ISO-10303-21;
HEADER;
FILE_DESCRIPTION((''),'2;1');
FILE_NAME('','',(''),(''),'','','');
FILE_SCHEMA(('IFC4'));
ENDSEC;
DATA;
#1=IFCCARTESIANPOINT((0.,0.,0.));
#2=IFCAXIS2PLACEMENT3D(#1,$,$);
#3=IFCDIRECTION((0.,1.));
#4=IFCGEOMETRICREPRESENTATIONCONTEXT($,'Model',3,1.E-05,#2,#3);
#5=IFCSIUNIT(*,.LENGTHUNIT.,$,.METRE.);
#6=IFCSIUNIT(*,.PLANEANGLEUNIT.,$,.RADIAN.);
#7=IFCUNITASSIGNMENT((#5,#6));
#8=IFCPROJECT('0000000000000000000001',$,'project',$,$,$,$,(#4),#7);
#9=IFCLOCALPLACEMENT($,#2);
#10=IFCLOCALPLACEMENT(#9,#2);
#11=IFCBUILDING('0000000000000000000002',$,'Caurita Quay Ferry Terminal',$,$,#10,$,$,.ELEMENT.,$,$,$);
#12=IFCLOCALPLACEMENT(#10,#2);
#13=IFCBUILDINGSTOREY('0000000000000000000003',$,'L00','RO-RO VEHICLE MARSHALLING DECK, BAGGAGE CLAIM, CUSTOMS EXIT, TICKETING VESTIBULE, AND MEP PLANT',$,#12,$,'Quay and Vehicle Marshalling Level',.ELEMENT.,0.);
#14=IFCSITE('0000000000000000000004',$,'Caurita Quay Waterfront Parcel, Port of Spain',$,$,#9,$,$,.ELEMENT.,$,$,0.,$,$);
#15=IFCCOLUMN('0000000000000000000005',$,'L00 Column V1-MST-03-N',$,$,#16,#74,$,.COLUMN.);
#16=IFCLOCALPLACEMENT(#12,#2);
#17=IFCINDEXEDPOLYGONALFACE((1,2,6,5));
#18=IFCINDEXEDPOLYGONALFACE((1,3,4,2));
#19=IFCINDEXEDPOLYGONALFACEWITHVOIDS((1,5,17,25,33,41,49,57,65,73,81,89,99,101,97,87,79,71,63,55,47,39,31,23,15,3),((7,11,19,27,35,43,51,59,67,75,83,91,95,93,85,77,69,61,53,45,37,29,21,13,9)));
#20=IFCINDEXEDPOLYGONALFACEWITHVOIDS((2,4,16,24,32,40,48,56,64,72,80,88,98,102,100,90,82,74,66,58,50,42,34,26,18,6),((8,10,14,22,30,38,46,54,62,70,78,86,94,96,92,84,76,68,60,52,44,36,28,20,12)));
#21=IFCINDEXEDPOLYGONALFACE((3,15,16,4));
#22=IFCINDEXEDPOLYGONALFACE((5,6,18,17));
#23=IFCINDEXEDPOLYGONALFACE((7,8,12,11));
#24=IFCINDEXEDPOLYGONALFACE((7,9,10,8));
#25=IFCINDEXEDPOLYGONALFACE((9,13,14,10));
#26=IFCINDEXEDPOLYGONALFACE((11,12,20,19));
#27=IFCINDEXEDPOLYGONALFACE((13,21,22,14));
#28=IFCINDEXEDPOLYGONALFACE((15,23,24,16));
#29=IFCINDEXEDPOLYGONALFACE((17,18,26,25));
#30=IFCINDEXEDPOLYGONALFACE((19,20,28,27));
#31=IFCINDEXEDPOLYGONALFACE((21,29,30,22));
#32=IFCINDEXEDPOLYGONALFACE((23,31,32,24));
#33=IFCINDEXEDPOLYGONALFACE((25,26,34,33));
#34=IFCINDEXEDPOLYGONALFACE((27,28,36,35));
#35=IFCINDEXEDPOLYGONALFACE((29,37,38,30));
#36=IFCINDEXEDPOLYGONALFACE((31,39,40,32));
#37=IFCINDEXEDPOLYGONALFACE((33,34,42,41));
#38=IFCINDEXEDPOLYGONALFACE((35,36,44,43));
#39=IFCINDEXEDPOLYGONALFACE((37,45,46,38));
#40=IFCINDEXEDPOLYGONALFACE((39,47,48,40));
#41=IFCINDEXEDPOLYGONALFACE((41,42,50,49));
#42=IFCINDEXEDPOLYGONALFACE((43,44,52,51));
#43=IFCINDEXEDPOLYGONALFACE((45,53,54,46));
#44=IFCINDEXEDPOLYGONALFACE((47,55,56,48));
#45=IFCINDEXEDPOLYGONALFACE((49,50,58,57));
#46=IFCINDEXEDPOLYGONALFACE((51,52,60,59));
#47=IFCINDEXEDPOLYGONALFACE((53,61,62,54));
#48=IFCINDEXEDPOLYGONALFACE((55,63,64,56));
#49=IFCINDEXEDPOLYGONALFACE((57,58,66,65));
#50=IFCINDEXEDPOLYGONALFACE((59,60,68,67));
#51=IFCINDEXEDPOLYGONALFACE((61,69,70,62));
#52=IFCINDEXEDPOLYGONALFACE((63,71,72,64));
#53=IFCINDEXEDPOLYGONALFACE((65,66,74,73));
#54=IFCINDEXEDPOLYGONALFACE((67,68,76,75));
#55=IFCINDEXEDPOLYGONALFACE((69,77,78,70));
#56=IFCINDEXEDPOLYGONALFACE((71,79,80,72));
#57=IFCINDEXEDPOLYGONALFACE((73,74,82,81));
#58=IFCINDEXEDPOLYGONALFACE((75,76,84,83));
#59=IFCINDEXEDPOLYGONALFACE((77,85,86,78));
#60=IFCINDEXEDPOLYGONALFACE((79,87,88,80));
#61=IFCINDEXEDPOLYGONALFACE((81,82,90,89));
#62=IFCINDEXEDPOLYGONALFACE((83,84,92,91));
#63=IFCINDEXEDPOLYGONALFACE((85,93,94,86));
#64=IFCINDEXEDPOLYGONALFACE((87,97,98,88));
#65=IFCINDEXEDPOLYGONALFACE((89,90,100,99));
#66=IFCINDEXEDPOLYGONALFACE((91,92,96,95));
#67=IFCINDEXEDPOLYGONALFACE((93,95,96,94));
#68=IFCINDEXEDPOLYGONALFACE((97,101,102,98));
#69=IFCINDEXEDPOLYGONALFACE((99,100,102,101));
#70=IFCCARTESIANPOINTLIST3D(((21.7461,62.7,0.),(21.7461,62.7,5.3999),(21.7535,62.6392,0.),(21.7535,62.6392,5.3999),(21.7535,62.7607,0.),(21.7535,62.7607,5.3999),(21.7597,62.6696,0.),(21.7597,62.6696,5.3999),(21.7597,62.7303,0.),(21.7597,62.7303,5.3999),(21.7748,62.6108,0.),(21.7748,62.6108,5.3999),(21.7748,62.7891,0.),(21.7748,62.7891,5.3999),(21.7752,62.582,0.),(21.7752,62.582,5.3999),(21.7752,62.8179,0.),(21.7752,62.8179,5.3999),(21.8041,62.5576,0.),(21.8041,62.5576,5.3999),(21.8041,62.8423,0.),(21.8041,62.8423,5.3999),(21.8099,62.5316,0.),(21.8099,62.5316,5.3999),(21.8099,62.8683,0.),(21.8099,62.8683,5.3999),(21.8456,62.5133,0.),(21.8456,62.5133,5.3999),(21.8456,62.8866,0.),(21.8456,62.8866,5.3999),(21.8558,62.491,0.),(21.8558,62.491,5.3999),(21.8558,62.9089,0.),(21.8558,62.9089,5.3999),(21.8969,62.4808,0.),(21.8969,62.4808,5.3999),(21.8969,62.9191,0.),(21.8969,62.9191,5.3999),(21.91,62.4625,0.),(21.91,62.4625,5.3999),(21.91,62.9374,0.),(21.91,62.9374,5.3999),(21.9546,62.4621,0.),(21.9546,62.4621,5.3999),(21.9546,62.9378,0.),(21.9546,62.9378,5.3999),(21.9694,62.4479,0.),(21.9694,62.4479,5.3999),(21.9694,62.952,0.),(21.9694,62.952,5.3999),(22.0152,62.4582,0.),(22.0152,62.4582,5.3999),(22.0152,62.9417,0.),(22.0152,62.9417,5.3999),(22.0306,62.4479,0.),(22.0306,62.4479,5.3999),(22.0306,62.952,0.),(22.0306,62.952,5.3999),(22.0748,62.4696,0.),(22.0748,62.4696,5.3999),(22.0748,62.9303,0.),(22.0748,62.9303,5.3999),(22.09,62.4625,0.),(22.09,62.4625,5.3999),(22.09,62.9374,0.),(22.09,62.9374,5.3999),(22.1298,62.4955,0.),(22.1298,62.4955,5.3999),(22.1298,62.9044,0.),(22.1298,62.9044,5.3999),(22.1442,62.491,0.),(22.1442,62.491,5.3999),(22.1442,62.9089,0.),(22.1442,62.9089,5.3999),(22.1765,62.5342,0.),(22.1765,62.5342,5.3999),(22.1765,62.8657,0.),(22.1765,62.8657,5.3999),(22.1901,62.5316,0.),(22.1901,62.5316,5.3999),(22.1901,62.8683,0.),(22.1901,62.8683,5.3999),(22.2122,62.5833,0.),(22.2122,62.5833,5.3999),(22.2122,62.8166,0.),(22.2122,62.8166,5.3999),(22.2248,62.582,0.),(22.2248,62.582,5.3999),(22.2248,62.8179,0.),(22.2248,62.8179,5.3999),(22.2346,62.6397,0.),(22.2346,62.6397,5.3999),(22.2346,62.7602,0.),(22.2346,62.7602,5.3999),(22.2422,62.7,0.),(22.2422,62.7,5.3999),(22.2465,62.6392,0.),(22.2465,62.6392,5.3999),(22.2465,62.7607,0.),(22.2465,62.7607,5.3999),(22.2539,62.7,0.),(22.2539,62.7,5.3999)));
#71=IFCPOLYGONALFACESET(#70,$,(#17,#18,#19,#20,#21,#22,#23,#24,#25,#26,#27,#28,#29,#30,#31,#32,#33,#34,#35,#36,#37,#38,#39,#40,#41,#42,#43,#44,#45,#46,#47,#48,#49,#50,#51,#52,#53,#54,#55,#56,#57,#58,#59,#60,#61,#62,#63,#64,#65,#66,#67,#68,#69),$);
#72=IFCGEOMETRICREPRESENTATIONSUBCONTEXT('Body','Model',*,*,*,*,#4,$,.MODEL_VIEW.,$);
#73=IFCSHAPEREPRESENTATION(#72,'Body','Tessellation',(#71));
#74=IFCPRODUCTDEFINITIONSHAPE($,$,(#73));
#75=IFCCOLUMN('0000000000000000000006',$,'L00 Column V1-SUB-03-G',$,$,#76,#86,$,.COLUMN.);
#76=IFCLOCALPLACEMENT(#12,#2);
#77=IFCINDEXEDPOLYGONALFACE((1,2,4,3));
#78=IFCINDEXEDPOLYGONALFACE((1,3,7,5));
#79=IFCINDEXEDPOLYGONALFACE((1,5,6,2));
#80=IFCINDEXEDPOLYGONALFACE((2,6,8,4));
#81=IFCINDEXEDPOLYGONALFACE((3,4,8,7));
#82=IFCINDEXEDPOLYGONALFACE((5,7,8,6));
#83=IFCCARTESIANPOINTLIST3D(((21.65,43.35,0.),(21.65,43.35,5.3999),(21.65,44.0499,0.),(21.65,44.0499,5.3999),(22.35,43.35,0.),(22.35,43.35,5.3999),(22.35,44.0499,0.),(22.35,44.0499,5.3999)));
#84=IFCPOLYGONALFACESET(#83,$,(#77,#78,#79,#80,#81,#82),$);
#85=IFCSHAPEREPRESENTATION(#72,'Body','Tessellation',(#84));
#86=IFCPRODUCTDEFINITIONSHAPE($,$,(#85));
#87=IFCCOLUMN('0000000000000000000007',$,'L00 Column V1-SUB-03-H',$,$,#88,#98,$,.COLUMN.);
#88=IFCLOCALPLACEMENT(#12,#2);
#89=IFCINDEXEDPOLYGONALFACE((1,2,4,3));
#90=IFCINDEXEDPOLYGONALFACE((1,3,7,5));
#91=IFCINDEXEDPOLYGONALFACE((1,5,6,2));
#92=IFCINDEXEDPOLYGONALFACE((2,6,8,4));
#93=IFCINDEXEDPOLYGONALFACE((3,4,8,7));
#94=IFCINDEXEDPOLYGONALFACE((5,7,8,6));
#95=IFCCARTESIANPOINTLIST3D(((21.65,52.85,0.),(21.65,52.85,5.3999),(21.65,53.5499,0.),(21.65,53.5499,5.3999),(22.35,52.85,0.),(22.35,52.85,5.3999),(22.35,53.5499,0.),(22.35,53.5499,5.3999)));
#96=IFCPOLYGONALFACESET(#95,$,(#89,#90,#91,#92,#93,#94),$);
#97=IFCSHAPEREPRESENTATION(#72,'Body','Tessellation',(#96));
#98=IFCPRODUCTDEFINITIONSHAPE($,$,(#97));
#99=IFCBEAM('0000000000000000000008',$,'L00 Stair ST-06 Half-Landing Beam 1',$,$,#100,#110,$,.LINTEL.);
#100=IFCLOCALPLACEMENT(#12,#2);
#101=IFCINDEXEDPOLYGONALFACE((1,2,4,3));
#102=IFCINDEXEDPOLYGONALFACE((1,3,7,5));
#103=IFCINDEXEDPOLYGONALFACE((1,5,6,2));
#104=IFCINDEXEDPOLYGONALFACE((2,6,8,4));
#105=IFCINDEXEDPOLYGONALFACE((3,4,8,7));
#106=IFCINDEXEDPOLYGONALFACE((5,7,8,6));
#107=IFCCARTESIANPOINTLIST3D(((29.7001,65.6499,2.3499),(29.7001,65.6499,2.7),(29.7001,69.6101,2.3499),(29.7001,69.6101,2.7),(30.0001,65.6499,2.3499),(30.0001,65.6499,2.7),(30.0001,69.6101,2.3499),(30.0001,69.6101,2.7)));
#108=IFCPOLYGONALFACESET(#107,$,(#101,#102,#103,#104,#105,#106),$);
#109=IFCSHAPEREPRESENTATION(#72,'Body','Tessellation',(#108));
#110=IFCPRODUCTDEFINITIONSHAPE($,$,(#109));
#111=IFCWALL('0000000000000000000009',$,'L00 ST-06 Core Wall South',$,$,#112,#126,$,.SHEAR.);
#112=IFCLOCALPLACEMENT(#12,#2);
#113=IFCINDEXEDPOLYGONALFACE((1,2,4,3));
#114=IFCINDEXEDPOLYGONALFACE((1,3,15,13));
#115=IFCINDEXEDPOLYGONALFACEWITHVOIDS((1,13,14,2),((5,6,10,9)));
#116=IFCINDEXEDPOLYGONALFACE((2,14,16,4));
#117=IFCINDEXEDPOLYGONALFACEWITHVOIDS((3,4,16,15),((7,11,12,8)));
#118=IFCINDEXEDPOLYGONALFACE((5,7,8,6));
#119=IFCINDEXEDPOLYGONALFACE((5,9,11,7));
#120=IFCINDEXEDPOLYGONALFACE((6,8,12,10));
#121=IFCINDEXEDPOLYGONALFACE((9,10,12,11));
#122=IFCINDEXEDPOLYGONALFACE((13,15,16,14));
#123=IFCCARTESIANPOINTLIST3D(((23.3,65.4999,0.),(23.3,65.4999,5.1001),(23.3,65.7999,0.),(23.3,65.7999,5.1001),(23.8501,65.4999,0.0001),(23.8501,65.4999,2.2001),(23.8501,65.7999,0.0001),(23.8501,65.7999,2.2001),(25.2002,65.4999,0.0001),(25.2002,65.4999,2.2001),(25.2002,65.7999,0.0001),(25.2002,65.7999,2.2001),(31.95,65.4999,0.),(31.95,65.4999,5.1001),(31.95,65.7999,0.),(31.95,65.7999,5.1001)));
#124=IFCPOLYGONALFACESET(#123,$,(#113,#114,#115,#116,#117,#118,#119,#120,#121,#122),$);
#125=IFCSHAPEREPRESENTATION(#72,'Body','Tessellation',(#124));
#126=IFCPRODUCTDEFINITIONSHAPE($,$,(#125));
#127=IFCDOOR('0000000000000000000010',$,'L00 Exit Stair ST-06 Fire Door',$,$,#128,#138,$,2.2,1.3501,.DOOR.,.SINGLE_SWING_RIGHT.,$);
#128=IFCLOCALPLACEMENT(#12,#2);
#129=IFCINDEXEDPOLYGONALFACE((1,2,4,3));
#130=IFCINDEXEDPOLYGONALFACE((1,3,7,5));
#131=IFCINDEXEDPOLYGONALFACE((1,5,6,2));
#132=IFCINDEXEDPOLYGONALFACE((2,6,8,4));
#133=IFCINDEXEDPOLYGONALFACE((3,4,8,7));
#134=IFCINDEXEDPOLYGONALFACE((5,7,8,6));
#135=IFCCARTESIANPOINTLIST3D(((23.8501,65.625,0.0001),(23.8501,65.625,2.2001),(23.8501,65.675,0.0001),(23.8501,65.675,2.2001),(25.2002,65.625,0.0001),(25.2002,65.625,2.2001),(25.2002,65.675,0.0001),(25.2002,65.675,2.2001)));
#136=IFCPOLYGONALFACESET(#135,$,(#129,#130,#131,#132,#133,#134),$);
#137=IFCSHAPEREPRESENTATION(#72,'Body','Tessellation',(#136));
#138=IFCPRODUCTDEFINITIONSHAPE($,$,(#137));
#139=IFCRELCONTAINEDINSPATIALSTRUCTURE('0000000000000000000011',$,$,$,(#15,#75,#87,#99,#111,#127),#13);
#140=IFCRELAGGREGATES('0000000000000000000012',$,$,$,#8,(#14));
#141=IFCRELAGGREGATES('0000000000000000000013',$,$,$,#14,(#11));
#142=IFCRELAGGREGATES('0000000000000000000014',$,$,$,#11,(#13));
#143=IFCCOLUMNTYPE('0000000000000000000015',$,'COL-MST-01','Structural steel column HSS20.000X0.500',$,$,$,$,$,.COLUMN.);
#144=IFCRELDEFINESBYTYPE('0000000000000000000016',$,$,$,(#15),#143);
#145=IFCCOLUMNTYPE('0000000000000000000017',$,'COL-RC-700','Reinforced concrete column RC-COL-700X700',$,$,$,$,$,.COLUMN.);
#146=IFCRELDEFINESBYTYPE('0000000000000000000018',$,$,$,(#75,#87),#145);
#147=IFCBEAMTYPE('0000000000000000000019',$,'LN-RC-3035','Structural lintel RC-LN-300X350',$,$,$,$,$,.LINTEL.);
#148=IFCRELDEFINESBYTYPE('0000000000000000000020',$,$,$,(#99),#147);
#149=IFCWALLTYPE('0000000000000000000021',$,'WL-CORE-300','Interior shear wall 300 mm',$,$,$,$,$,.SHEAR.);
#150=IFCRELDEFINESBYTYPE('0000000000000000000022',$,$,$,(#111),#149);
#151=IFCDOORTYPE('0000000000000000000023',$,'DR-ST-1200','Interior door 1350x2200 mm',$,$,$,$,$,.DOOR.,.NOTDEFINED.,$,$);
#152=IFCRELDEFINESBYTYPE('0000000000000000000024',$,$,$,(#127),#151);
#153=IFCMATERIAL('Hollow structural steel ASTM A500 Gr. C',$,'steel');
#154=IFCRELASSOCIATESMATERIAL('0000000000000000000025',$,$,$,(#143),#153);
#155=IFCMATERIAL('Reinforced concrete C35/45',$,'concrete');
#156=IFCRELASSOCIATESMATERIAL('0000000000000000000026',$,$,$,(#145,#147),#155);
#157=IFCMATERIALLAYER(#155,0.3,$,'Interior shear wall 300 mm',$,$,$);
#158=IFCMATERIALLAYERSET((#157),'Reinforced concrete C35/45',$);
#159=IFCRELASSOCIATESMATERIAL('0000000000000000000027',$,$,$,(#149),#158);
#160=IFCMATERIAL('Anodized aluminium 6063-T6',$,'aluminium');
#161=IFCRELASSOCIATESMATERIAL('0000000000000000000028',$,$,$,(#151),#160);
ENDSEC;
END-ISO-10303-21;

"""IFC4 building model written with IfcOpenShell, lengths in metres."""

from ifc_helpers import new_model, si_unit, direction, frame, frame_2d, origin, origin_2d, place, context, subcontext, project, spatial, rectangle, hollow_circle, extrude, material, layer, layer_set, material_profile, profile_set, type_object, element, fill, save


model = new_model("IFC4")

# Units and contexts
model_context = context("Model", 3, precision=1e-05, world=origin(), true_north=direction((0.0, 1.0)))
body_context = subcontext(model_context, "Body", "Model", "MODEL_VIEW")
ifc_project = project(units=[si_unit("LENGTHUNIT", "METRE"), si_unit("PLANEANGLEUNIT", "RADIAN")], contexts=[model_context])

# Site, building, storey
site_placement = place(None, origin())
site = spatial("IfcSite", under=ifc_project, at=site_placement, Name="Caurita Quay Waterfront Parcel, Port of Spain", CompositionType="ELEMENT", RefElevation=0.0)
building_placement = place(site_placement, origin())
building = spatial("IfcBuilding", under=site, at=building_placement, Name="Caurita Quay Ferry Terminal", CompositionType="ELEMENT")
storey_placement = place(building_placement, origin())
storey = spatial("IfcBuildingStorey", under=building, at=storey_placement, Name="L00", Description="RO-RO VEHICLE MARSHALLING DECK, BAGGAGE CLAIM, CUSTOMS EXIT, TICKETING VESTIBULE, AND MEP PLANT", LongName="Quay and Vehicle Marshalling Level", CompositionType="ELEMENT", Elevation=0.0)

# Columns
ifc_material_1 = material(Name="Hollow structural steel ASTM A500 Gr. C", Category="steel")
ifc_material_profile_1 = material_profile(ifc_material_1, hollow_circle(Radius=0.2539, WallThickness=0.0117, at=origin_2d()), Name="HSS20.000X0.500")
ifc_profile_set_1 = profile_set([ifc_material_profile_1], Name="Hollow structural steel ASTM A500 Gr. C")
column_type_1 = type_object("IfcColumnType", Name="COL-MST-01", Description="Structural steel column HSS20.000X0.500", PredefinedType="COLUMN", material=ifc_profile_set_1)
column_placement = place(storey_placement, frame((22.0, 62.7, 0.0), z_axis=(0.0, 0.0, 1.0), x_axis=(1.0, 0.0, 0.0)))
element("IfcColumn", 1, at=column_placement, inside=storey, type_object=column_type_1, Name="L00 Column V1-MST-03-N", PredefinedType="COLUMN", context=body_context, shape_type="SweptSolid", body=[
    extrude(hollow_circle(Radius=0.2539, WallThickness=0.0117, at=origin_2d()), origin(), (0.0, 0.0, 1.0), 5.3999),
])
ifc_material_2 = material(Name="Reinforced concrete C35/45", Category="concrete")
ifc_material_profile_2 = material_profile(ifc_material_2, rectangle(XDim=0.7, YDim=0.7, at=origin_2d()), Name="RC-COL-700X700")
ifc_profile_set_2 = profile_set([ifc_material_profile_2], Name="Reinforced concrete C35/45")
column_type_2 = type_object("IfcColumnType", Name="COL-RC-700", Description="Reinforced concrete column RC-COL-700X700", PredefinedType="COLUMN", material=ifc_profile_set_2)
for number, where, z_axis, x_axis, name in (
    (2, (22.0, 43.7, 0.0), (0.0, 0.0, 1.0), (1.0, 0.0, 0.0), "L00 Column V1-SUB-03-G"),
    (3, (22.0, 53.2, 0.0), (0.0, 0.0, 1.0), (1.0, 0.0, 0.0), "L00 Column V1-SUB-03-H"),
):
    element("IfcColumn", number, at=place(storey_placement, frame(where, z_axis=z_axis, x_axis=x_axis)), inside=storey, type_object=column_type_2, Name=name, PredefinedType="COLUMN", context=body_context, shape_type="SweptSolid", body=[
        extrude(rectangle(XDim=0.7, YDim=0.7, at=origin_2d()), origin(), (0.0, 0.0, 1.0), 5.3999),
    ])

# Beam
ifc_material_profile_3 = material_profile(ifc_material_2, rectangle(XDim=0.3, YDim=0.3501, at=origin_2d()), Name="RC-LN-300X350")
ifc_profile_set_3 = profile_set([ifc_material_profile_3], Name="Reinforced concrete C35/45")
beam_type = type_object("IfcBeamType", Name="LN-RC-3035", Description="Structural lintel RC-LN-300X350", PredefinedType="LINTEL", material=ifc_profile_set_3)
beam_placement = place(storey_placement, frame((29.8501, 65.6499, 2.5249), z_axis=(0.0, 1.0, 0.0), x_axis=(-1.0, 0.0, 0.0)))
element("IfcBeam", 4, at=beam_placement, inside=storey, type_object=beam_type, Name="L00 Stair ST-06 Half-Landing Beam 1", PredefinedType="LINTEL", context=body_context, shape_type="SweptSolid", body=[
    extrude(rectangle(XDim=0.3, YDim=0.3501, at=origin_2d()), origin(), (0.0, 0.0, 1.0), 3.9602),
])

# Wall, opening, door
ifc_layer = layer(ifc_material_2, 0.3, Name="Interior shear wall 300 mm")
ifc_layer_set = layer_set([ifc_layer], Name="Reinforced concrete C35/45")
wall_type = type_object("IfcWallType", Name="WL-CORE-300", Description="Interior shear wall 300 mm", PredefinedType="SHEAR", material=ifc_layer_set)
wall_placement = place(storey_placement, frame((23.3, 65.6499, 0.0), z_axis=(0.0, 0.0, 1.0), x_axis=(1.0, 0.0, 0.0)))
wall = element("IfcWall", 5, at=wall_placement, inside=storey, type_object=wall_type, Name="L00 ST-06 Core Wall South", PredefinedType="SHEAR", context=body_context, shape_type="SweptSolid", body=[
    extrude(rectangle(XDim=8.6499, YDim=0.3, at=frame_2d((4.325, 0.0))), origin(), (0.0, 0.0, 1.0), 5.1001),
])
opening_placement = place(wall_placement, frame((0.55, 0.0, 0.0)))
opening = element("IfcOpeningElement", 6, at=opening_placement, cuts=wall, PredefinedType="OPENING", context=body_context, shape_type="SweptSolid", body=[
    extrude(rectangle(XDim=1.3501, YDim=2.2, at=frame_2d((0.675, 1.1001))), frame((0.0, 0.1599, 0.0), z_axis=(0.0, -1.0, 0.0), x_axis=(1.0, 0.0, 0.0)), (0.0, 0.0, 1.0), 0.3201),
])
ifc_material_3 = material(Name="Anodized aluminium 6063-T6", Category="aluminium")
door_type = type_object("IfcDoorType", Name="DR-ST-1200", Description="Interior door 1350x2200 mm", OperationType="NOTDEFINED", PredefinedType="DOOR", material=ifc_material_3)
door_placement = place(opening_placement, frame((1.3501, 0.0, 0.0), z_axis=(0.0, 0.0, 1.0), x_axis=(-1.0, 0.0, 0.0)))
door = element("IfcDoor", 7, at=door_placement, inside=storey, type_object=door_type, Name="L00 Exit Stair ST-06 Fire Door", OperationType="SINGLE_SWING_RIGHT", OverallHeight=2.2, OverallWidth=1.3501, PredefinedType="DOOR", context=body_context, shape_type="SweptSolid", body=[
    extrude(rectangle(XDim=1.3501, YDim=2.2, at=frame_2d((0.675, 1.1001))), frame((0.0, 0.0249, 0.0), z_axis=(0.0, -1.0, 0.0), x_axis=(1.0, 0.0, 0.0)), (0.0, 0.0, 1.0), 0.05),
])
fill(opening, door)

save(model, "model.ifc")
